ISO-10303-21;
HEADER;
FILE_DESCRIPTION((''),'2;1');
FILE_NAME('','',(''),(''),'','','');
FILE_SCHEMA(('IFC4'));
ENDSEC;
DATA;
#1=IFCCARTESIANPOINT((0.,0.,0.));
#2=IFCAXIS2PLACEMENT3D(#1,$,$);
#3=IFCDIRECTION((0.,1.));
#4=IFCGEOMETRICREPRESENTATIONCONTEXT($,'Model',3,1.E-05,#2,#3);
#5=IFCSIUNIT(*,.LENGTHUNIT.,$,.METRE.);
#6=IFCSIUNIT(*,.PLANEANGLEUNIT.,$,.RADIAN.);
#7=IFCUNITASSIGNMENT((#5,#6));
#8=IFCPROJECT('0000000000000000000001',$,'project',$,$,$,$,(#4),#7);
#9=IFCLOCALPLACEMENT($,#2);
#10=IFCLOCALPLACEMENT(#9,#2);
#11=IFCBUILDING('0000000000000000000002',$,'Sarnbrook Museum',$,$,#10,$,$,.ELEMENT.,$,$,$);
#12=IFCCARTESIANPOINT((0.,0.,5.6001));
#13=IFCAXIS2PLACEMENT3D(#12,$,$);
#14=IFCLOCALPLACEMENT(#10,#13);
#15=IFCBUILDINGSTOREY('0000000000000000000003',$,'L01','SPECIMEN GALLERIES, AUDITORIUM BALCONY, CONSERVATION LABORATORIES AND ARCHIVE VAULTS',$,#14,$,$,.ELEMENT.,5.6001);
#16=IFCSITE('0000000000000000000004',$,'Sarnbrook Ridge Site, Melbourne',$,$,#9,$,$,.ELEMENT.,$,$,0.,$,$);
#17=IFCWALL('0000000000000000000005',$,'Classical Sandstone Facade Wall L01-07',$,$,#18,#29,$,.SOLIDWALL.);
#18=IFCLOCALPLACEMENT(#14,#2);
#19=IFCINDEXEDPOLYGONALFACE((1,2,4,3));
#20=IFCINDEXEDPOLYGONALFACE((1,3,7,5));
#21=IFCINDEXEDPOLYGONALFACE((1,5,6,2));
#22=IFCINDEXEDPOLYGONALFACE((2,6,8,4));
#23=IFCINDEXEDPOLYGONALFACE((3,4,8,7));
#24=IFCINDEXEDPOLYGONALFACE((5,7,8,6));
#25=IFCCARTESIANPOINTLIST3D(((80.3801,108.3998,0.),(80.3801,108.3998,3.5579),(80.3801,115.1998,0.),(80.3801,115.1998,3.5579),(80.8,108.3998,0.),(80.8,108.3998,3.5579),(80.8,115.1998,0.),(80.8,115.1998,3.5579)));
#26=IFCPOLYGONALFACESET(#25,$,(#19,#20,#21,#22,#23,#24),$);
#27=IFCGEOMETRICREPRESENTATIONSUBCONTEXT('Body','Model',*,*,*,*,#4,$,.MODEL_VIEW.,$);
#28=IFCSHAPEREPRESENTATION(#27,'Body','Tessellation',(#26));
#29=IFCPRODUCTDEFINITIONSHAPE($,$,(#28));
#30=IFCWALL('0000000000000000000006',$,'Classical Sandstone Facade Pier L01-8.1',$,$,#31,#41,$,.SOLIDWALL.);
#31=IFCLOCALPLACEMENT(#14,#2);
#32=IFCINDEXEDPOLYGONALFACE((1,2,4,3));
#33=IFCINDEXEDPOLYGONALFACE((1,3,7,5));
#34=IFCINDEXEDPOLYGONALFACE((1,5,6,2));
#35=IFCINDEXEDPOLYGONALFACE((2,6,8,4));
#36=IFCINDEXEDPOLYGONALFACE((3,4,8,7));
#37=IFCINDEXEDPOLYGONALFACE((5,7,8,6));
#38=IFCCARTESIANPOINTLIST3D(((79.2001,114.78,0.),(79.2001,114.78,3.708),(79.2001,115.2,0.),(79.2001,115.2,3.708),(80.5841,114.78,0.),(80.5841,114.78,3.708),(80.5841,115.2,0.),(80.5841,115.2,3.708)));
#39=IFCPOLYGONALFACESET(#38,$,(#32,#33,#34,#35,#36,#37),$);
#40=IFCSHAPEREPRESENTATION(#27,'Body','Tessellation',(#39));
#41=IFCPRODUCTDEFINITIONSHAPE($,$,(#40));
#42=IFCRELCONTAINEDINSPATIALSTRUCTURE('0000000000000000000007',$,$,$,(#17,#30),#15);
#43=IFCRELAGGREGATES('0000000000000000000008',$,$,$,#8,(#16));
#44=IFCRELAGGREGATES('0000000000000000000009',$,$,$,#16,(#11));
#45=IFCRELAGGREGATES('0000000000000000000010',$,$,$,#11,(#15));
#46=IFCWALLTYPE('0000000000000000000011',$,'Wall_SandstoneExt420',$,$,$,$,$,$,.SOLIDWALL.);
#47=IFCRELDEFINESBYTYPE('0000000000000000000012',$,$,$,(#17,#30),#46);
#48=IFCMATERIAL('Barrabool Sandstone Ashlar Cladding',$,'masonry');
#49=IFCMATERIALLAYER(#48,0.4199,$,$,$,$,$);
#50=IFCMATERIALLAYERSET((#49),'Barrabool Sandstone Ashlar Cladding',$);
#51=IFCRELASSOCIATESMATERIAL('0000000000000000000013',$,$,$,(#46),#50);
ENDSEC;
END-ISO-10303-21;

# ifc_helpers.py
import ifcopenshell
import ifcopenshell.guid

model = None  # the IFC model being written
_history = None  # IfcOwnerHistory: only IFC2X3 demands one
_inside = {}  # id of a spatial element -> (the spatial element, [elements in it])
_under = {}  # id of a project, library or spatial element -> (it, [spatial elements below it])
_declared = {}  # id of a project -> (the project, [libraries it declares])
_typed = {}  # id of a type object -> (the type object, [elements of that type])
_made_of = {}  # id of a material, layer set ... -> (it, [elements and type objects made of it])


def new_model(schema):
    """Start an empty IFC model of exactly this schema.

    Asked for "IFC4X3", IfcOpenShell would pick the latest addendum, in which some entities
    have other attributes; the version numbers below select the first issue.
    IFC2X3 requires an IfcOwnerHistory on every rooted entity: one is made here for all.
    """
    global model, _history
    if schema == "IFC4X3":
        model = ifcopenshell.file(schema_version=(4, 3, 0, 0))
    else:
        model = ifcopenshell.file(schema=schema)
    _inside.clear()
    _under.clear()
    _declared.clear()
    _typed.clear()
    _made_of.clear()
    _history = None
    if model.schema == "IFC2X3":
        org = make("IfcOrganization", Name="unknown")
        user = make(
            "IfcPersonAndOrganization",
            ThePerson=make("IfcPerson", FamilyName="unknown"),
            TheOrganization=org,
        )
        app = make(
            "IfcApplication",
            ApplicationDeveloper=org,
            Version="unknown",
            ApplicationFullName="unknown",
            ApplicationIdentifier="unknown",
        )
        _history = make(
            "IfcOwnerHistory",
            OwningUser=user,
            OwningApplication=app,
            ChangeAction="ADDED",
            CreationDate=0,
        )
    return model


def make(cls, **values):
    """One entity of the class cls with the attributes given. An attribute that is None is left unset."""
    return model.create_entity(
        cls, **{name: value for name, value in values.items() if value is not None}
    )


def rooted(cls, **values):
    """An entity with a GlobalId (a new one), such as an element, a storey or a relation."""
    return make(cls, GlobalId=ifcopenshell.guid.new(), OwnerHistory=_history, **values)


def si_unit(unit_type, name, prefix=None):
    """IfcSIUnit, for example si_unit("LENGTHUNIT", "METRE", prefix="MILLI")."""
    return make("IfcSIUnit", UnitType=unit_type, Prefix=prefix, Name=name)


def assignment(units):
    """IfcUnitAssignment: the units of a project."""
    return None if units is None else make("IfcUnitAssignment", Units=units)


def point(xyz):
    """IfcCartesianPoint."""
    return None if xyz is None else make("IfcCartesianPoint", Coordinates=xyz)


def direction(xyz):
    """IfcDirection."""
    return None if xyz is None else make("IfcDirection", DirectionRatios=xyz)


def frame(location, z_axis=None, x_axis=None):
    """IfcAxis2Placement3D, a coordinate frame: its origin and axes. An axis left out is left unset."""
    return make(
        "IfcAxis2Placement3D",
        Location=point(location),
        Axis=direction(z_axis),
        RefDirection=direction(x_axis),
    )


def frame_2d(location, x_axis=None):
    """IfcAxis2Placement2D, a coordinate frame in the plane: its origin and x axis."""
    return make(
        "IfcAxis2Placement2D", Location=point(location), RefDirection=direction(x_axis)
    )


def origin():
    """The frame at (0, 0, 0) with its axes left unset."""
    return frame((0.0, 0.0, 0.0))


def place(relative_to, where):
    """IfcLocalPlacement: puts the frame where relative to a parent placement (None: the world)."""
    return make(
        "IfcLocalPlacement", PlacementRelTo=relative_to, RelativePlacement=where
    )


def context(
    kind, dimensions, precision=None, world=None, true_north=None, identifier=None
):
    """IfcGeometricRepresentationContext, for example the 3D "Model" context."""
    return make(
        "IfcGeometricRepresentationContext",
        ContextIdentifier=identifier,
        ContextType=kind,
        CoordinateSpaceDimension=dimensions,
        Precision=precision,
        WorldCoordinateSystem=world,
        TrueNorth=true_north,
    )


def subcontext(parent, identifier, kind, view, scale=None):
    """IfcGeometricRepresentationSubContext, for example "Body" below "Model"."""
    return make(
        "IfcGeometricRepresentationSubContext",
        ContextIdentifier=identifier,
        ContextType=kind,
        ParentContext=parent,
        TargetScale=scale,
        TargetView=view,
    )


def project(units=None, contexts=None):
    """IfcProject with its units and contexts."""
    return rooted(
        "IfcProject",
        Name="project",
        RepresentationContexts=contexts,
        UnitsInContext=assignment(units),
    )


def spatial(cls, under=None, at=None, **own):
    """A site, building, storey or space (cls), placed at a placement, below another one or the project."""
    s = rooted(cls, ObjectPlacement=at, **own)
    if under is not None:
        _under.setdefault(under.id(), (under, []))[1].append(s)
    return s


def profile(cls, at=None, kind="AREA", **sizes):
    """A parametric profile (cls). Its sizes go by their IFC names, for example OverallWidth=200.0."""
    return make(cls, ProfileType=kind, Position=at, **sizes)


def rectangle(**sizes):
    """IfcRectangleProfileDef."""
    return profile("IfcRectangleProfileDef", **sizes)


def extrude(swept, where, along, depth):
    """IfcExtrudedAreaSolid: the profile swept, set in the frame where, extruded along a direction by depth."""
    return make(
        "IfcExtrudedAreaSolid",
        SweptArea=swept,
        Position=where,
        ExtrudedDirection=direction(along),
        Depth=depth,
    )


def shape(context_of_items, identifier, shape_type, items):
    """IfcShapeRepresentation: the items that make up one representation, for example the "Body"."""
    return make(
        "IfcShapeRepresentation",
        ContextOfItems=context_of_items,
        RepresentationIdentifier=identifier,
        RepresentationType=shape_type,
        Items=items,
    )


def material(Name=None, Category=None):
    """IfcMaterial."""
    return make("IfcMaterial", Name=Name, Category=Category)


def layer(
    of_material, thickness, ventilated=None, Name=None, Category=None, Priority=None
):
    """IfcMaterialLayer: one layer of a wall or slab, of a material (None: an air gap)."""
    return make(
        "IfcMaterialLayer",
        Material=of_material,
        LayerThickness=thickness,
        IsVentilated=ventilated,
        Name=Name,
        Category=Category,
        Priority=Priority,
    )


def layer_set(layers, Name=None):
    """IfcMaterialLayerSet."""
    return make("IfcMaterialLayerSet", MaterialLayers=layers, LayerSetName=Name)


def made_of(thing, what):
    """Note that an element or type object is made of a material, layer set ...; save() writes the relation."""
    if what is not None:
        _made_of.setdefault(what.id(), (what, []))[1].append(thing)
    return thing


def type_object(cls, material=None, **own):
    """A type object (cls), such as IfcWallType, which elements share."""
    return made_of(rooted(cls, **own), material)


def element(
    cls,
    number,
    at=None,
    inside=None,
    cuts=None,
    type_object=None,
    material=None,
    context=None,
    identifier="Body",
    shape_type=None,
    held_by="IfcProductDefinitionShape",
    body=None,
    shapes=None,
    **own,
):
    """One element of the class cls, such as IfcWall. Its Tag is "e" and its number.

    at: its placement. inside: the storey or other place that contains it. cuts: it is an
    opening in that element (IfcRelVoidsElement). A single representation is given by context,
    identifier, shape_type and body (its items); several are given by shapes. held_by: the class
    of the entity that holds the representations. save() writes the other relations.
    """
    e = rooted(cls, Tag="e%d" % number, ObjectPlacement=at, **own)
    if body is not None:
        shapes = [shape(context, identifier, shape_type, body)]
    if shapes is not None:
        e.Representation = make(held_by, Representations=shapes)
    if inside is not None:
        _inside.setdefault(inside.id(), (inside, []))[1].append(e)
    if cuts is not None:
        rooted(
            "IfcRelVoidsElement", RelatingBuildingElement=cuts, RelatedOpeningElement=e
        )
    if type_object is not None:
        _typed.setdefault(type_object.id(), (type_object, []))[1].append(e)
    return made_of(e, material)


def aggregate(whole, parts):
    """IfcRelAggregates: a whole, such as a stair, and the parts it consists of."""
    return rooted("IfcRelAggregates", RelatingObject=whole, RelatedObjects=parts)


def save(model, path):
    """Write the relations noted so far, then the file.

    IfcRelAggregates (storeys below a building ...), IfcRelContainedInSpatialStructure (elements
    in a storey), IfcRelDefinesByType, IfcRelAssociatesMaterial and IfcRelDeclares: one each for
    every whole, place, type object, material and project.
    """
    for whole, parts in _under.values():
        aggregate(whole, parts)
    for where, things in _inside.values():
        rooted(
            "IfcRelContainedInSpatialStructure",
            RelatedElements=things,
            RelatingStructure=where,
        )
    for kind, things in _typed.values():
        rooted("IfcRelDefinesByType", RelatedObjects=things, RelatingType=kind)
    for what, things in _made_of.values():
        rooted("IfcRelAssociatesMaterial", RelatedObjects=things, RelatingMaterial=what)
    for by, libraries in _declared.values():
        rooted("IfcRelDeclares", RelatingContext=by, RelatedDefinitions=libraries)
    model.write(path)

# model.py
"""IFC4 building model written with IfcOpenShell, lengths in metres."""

from ifc_helpers import new_model, si_unit, direction, frame, frame_2d, origin, place, context, subcontext, project, spatial, rectangle, extrude, material, layer, layer_set, type_object, element, save


model = new_model("IFC4")

# Units and contexts
model_context = context("Model", 3, precision=1e-05, world=origin(), true_north=direction((0.0, 1.0)))
body_context = subcontext(model_context, "Body", "Model", "MODEL_VIEW")
ifc_project = project(units=[si_unit("LENGTHUNIT", "METRE"), si_unit("PLANEANGLEUNIT", "RADIAN")], contexts=[model_context])

# Site, building, storey
site_placement = place(None, origin())
site = spatial("IfcSite", under=ifc_project, at=site_placement, Name="Sarnbrook Ridge Site, Melbourne", CompositionType="ELEMENT", RefElevation=0.0)
building_placement = place(site_placement, origin())
building = spatial("IfcBuilding", under=site, at=building_placement, Name="Sarnbrook Museum", CompositionType="ELEMENT")
storey_placement = place(building_placement, frame((0.0, 0.0, 5.6001)))
storey = spatial("IfcBuildingStorey", under=building, at=storey_placement, Name="L01", Description="SPECIMEN GALLERIES, AUDITORIUM BALCONY, CONSERVATION LABORATORIES AND ARCHIVE VAULTS", CompositionType="ELEMENT", Elevation=5.6001)

# Walls
ifc_material_1 = material(Name="Barrabool Sandstone Ashlar Cladding", Category="masonry")
ifc_layer_1 = layer(ifc_material_1, 0.4199)
ifc_layer_set_1 = layer_set([ifc_layer_1], Name="Barrabool Sandstone Ashlar Cladding")
wall_type_1 = type_object("IfcWallType", Name="Wall_SandstoneExt420", PredefinedType="SOLIDWALL", material=ifc_layer_set_1)
wall_1_placement = place(storey_placement, frame((80.5901, 108.3999, 0.0), z_axis=(0.0, 0.0, 1.0), x_axis=(0.0, 1.0, 0.0)))
element("IfcWall", 1, at=wall_1_placement, inside=storey, type_object=wall_type_1, Name="Classical Sandstone Facade Wall L01-07", PredefinedType="SOLIDWALL", context=body_context, shape_type="SweptSolid", body=[
    extrude(rectangle(XDim=6.8, YDim=0.4199, at=frame_2d((3.3999, 0.0))), origin(), (0.0, 0.0, 1.0), 3.5579),
])
wall_2_placement = place(storey_placement, frame((80.584, 114.99, 0.0), z_axis=(0.0, 0.0, 1.0), x_axis=(-1.0, 0.0, 0.0)))
element("IfcWall", 2, at=wall_2_placement, inside=storey, type_object=wall_type_1, Name="Classical Sandstone Facade Pier L01-8.1", PredefinedType="SOLIDWALL", context=body_context, shape_type="SweptSolid", body=[
    extrude(rectangle(XDim=1.384, YDim=0.4199, at=frame_2d((0.6919, 0.0))), origin(), (0.0, 0.0, 1.0), 3.708),
])

save(model, "model.ifc")
